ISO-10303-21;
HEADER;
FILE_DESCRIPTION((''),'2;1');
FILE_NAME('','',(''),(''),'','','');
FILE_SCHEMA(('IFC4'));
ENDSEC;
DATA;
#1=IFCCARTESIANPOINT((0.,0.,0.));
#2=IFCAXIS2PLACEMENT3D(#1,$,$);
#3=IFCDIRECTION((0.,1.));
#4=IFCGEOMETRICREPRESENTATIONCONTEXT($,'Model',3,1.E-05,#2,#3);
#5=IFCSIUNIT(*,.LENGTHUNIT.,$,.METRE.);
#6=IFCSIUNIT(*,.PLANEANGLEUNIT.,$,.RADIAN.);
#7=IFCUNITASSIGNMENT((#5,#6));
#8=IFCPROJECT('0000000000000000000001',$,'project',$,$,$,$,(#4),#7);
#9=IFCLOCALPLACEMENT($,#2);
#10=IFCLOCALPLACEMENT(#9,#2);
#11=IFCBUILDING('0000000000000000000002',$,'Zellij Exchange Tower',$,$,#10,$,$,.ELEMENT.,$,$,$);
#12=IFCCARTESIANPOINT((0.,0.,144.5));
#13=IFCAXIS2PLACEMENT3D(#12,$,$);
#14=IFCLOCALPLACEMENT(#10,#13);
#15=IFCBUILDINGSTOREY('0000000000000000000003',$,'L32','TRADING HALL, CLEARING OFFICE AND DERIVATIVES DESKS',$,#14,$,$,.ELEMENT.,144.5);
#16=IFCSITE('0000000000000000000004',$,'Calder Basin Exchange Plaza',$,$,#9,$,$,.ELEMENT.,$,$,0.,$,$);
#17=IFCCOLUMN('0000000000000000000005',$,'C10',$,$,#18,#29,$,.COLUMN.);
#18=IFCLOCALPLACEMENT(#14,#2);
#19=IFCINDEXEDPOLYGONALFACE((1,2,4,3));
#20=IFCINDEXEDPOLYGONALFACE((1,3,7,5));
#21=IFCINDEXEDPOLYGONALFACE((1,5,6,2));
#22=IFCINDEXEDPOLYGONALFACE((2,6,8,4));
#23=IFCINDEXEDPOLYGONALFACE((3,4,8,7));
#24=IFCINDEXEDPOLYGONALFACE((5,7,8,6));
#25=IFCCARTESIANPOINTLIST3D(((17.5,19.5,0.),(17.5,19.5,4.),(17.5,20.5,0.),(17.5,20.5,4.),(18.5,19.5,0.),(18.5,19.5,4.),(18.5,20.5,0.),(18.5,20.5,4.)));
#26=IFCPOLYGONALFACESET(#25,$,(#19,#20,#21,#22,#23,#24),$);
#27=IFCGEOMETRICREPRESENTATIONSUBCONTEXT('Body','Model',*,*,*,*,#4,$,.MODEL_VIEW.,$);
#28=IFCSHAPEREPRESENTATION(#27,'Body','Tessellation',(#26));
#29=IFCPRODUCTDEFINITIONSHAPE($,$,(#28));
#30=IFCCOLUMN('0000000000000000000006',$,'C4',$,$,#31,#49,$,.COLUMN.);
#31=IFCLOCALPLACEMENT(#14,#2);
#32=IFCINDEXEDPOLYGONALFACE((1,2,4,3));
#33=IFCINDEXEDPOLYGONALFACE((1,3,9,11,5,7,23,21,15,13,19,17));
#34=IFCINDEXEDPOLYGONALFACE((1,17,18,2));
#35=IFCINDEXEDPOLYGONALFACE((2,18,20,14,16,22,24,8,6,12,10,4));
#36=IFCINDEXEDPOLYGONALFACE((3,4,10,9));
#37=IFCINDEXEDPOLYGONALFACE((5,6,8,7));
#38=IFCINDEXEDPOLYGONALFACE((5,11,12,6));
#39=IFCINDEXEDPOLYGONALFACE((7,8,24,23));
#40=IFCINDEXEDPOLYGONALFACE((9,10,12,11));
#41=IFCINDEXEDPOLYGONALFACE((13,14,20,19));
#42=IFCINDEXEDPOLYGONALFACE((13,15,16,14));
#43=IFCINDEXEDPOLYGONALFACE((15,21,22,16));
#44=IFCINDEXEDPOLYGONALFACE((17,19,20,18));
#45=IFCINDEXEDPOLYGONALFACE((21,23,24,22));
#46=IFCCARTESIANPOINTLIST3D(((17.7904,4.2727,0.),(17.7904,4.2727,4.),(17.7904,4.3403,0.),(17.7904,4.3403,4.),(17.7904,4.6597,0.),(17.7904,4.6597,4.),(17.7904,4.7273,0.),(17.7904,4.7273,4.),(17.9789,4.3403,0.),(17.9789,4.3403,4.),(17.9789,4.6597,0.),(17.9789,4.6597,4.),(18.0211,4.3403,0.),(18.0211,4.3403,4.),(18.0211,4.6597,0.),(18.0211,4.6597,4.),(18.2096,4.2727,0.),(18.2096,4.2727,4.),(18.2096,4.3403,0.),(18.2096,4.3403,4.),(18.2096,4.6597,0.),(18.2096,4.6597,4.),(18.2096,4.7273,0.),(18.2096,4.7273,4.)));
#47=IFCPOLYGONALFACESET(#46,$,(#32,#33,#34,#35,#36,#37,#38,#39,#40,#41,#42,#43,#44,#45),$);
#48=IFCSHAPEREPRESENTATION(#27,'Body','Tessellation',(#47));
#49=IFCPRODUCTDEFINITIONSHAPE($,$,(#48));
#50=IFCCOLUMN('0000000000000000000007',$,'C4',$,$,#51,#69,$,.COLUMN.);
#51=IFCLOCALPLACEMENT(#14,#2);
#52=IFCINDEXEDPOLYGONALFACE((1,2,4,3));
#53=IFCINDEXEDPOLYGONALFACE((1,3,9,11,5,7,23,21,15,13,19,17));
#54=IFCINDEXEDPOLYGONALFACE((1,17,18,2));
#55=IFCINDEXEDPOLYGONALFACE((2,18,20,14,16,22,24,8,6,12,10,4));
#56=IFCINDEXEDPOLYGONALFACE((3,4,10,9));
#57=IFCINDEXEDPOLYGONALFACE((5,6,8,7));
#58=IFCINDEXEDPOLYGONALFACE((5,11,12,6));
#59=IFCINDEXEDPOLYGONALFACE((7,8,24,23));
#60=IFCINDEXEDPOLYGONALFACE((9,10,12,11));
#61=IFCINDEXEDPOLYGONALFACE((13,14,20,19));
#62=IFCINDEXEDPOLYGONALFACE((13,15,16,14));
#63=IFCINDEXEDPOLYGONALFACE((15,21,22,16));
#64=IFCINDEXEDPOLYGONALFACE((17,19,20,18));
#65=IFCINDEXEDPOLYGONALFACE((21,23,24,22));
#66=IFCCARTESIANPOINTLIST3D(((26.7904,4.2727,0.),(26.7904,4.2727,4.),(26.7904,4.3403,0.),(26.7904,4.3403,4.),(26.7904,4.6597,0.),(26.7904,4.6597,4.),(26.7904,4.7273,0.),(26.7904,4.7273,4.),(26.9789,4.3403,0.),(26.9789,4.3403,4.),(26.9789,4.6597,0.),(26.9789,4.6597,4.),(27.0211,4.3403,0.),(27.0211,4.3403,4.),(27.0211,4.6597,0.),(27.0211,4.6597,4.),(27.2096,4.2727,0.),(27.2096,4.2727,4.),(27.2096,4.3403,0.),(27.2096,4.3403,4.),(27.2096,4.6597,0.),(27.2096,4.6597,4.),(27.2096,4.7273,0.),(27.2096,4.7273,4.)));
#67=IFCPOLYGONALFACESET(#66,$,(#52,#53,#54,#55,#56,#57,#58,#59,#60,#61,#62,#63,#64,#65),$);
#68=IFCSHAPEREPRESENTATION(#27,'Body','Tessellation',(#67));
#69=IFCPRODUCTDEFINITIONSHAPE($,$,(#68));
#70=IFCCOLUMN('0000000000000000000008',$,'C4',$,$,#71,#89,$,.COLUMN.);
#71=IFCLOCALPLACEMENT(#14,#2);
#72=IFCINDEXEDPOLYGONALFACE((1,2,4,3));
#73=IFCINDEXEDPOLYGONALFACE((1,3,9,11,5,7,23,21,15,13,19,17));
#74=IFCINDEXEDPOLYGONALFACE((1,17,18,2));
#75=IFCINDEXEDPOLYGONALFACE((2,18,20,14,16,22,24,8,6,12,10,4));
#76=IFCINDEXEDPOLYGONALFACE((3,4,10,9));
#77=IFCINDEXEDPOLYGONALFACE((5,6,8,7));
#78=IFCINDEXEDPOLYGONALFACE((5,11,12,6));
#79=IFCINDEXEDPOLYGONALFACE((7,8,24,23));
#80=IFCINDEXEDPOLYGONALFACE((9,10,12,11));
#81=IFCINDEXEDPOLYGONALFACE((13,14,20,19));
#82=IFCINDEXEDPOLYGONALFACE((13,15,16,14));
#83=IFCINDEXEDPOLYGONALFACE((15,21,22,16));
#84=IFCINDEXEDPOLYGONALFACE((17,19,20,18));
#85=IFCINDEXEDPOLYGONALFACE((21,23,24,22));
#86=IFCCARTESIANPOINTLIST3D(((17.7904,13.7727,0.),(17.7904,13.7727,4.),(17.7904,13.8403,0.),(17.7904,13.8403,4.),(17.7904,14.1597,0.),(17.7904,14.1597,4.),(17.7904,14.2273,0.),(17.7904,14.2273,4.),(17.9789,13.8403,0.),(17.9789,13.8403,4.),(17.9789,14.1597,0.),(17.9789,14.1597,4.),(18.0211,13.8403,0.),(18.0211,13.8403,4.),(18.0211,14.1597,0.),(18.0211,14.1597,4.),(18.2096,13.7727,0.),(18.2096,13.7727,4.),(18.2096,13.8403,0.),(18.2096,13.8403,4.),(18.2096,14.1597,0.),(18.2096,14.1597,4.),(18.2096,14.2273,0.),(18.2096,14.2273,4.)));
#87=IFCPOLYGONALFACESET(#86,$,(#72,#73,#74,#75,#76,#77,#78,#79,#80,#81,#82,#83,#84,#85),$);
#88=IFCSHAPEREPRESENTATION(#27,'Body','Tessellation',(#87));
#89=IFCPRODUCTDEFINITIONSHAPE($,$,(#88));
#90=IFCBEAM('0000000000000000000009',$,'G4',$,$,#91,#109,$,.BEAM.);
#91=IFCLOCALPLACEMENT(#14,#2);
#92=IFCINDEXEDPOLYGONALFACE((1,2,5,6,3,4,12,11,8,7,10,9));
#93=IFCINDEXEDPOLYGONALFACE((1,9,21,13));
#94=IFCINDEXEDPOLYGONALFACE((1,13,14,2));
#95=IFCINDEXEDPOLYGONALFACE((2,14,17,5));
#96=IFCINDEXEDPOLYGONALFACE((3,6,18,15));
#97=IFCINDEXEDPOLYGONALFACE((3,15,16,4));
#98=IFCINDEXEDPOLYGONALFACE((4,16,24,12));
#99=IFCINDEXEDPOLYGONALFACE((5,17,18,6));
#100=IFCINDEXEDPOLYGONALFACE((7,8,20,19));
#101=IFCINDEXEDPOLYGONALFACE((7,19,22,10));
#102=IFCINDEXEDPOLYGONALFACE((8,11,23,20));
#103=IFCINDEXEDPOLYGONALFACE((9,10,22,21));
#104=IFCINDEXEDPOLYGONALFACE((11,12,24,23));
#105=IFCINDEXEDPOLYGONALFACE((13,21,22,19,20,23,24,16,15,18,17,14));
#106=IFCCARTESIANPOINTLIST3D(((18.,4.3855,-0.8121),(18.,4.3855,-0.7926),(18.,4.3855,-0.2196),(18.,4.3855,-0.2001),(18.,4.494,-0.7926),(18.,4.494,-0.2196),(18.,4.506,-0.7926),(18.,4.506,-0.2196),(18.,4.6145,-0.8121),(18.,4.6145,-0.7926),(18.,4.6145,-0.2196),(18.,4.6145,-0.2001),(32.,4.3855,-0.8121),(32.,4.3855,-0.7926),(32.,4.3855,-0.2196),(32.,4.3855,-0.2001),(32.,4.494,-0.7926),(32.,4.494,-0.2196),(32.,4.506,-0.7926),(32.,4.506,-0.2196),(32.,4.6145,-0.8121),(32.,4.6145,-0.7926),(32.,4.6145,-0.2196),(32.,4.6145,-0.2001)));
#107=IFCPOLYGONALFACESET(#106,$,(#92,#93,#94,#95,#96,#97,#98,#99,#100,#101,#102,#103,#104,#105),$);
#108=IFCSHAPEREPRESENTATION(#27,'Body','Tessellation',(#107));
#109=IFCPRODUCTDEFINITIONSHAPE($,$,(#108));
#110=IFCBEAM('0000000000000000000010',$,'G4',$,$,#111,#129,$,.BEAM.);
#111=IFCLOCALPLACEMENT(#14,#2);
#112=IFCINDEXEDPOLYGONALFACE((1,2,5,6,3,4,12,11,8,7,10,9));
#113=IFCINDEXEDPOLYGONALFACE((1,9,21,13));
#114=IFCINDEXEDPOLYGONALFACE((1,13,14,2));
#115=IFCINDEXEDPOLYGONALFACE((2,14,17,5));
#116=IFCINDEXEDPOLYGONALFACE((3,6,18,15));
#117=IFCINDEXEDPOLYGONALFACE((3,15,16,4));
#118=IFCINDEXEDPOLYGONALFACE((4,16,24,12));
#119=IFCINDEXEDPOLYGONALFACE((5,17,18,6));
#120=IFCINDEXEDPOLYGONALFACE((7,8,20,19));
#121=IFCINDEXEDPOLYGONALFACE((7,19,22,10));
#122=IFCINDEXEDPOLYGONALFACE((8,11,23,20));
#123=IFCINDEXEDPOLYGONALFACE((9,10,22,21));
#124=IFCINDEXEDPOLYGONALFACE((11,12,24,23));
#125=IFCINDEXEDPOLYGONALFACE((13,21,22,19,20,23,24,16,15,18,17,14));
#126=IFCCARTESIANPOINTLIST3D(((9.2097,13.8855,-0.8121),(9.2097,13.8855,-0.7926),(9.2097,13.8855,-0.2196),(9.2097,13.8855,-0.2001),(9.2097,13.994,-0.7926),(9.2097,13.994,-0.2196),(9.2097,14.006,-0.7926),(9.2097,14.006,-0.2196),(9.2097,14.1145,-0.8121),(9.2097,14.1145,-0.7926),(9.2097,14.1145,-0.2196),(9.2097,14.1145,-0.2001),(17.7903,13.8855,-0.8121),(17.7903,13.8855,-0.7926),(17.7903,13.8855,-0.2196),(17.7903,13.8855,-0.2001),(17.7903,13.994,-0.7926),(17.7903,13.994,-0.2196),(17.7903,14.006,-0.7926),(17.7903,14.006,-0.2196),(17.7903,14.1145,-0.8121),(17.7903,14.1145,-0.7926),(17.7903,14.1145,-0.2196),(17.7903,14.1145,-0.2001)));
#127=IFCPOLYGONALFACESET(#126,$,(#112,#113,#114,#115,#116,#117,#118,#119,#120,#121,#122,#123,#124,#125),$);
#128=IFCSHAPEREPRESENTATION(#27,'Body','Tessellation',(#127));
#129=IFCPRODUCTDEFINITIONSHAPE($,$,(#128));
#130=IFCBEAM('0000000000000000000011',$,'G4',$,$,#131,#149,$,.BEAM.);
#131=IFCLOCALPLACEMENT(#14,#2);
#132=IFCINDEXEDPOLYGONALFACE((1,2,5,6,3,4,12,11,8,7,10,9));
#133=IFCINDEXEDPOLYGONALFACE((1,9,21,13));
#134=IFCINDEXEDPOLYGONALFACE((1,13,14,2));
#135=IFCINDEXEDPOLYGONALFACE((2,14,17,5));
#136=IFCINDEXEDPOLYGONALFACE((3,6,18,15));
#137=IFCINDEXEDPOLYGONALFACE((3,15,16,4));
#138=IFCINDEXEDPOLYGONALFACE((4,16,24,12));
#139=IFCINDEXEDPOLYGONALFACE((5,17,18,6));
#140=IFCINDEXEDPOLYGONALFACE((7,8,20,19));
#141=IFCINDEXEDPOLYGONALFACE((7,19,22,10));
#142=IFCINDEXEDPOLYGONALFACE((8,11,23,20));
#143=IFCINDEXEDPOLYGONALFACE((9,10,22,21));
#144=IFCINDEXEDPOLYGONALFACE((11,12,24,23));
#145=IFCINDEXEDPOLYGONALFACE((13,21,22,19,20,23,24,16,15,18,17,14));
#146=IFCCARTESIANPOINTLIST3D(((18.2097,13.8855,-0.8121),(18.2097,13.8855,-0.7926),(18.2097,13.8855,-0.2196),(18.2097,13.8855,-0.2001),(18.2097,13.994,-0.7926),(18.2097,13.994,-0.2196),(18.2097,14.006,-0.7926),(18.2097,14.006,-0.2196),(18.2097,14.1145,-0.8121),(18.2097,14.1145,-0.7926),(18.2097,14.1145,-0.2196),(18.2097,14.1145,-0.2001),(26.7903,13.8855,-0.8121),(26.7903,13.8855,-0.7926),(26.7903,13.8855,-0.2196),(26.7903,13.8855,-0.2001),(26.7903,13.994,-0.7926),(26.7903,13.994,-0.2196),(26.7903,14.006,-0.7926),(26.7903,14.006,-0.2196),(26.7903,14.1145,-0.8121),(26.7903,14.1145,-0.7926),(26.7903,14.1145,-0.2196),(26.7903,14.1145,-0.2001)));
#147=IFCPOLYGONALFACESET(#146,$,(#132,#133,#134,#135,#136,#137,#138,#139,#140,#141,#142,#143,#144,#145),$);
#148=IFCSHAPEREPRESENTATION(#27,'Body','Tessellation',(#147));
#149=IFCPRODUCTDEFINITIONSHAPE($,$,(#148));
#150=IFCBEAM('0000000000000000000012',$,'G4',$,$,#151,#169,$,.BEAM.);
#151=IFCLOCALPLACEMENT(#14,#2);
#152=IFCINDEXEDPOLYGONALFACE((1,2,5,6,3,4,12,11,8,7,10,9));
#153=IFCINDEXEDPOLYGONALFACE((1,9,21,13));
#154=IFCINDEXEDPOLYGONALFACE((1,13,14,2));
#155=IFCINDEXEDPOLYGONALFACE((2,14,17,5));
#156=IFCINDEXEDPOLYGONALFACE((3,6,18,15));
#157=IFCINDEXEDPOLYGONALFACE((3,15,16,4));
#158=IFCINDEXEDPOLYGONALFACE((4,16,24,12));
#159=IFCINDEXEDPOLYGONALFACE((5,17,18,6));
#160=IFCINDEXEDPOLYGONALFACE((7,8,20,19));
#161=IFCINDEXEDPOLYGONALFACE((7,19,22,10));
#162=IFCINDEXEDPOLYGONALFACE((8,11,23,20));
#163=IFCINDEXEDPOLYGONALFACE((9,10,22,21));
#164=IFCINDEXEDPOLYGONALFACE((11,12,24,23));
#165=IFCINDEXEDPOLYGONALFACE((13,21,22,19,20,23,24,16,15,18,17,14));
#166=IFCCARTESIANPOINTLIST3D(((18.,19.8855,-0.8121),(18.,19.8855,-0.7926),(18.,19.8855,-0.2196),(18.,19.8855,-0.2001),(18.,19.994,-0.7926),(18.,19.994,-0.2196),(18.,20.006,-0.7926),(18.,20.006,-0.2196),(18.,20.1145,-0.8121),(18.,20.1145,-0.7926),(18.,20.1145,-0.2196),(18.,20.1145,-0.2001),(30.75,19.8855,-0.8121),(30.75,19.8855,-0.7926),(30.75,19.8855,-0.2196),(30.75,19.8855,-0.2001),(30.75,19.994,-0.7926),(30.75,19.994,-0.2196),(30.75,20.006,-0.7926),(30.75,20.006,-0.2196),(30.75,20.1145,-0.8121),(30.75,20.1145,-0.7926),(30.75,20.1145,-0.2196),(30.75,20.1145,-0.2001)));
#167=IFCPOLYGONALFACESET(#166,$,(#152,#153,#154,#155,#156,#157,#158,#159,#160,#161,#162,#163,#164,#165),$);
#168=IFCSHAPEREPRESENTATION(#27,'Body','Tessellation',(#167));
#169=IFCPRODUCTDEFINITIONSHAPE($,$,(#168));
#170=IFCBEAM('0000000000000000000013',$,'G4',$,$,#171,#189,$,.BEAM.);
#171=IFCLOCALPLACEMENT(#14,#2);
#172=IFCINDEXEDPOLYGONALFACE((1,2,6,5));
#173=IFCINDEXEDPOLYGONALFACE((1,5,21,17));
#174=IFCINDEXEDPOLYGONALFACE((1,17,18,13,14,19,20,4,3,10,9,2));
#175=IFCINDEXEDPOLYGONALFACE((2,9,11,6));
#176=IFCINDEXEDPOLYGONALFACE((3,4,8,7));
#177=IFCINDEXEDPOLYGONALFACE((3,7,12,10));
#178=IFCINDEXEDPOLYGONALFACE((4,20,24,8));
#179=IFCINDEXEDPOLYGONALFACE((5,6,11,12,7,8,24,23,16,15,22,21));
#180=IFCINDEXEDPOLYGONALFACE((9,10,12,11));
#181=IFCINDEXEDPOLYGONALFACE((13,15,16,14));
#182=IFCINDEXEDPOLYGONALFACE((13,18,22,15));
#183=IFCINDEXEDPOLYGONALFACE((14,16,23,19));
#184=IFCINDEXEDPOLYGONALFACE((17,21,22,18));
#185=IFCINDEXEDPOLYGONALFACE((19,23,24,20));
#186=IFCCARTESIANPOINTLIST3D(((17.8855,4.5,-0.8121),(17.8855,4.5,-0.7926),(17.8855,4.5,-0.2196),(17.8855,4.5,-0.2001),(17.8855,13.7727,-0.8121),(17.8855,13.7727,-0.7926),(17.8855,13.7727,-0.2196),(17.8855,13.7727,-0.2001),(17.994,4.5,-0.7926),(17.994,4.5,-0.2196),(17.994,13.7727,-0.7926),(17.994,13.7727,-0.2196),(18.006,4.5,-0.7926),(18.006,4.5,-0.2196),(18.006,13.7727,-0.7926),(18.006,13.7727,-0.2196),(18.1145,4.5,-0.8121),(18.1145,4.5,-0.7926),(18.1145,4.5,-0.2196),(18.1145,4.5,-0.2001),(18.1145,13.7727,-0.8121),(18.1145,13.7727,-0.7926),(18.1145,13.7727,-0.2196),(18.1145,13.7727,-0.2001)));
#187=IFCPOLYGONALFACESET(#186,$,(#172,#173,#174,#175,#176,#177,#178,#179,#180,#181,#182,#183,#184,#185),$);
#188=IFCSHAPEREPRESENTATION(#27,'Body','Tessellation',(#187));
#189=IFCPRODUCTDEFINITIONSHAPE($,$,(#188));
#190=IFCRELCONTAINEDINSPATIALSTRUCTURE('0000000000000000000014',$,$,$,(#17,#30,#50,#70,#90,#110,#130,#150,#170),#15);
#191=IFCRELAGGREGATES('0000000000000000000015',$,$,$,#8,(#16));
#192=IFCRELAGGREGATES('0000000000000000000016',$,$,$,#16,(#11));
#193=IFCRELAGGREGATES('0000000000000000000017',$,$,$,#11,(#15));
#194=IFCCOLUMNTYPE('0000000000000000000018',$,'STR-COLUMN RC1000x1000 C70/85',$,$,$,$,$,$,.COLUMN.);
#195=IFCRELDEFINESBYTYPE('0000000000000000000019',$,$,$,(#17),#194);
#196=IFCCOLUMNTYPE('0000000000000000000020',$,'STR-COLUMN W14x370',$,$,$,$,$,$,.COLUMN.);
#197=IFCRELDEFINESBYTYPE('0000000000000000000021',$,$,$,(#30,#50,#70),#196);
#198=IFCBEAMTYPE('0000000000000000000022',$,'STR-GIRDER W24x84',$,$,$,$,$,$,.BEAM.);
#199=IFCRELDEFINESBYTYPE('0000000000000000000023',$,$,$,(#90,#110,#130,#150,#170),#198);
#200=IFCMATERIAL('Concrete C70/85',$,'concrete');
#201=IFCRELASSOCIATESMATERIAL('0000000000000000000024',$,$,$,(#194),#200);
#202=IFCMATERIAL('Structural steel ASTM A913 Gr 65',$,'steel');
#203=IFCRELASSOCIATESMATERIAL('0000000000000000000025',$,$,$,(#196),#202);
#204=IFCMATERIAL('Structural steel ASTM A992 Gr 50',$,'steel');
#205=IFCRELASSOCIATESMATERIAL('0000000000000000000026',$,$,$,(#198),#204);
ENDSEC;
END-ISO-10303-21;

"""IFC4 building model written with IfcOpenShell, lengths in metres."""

from ifc_helpers import new_model, si_unit, direction, frame, origin, origin_2d, place, context, subcontext, project, spatial, rectangle, i_section, extrude, material, material_profile, profile_set, type_object, element, save


model = new_model("IFC4")

# Units and contexts
model_context = context("Model", 3, precision=1e-05, world=origin(), true_north=direction((0.0, 1.0)))
body_context = subcontext(model_context, "Body", "Model", "MODEL_VIEW")
ifc_project = project(units=[si_unit("LENGTHUNIT", "METRE"), si_unit("PLANEANGLEUNIT", "RADIAN")], contexts=[model_context])

# Site, building, storey
site_placement = place(None, origin())
site = spatial("IfcSite", under=ifc_project, at=site_placement, Name="Calder Basin Exchange Plaza", CompositionType="ELEMENT", RefElevation=0.0)
building_placement = place(site_placement, origin())
building = spatial("IfcBuilding", under=site, at=building_placement, Name="Zellij Exchange Tower", CompositionType="ELEMENT")
storey_placement = place(building_placement, frame((0.0, 0.0, 144.5)))
storey = spatial("IfcBuildingStorey", under=building, at=storey_placement, Name="L32", Description="TRADING HALL, CLEARING OFFICE AND DERIVATIVES DESKS", CompositionType="ELEMENT", Elevation=144.5)

# Columns
ifc_material_1 = material(Name="Concrete C70/85", Category="concrete")
ifc_material_profile_1 = material_profile(ifc_material_1, rectangle(XDim=1.0, YDim=1.0, at=origin_2d()), Name="STR-COLUMN RC1000x1000 C70/85")
ifc_profile_set_1 = profile_set([ifc_material_profile_1], Name="Concrete C70/85")
column_type_1 = type_object("IfcColumnType", Name="STR-COLUMN RC1000x1000 C70/85", PredefinedType="COLUMN", material=ifc_profile_set_1)
column_placement = place(storey_placement, frame((18.0, 20.0, 0.0), z_axis=(0.0, 0.0, 1.0), x_axis=(1.0, 0.0, 0.0)))
element("IfcColumn", 1, at=column_placement, inside=storey, type_object=column_type_1, Name="C10", PredefinedType="COLUMN", context=body_context, shape_type="SweptSolid", body=[
    extrude(rectangle(XDim=1.0, YDim=1.0, at=origin_2d()), origin(), (0.0, 0.0, 1.0), 4.0),
])
ifc_material_2 = material(Name="Structural steel ASTM A913 Gr 65", Category="steel")
ifc_material_profile_2 = material_profile(ifc_material_2, i_section(OverallWidth=0.4192, OverallDepth=0.4546, WebThickness=0.0422, FlangeThickness=0.0676, at=origin_2d()), Name="W14x370")
ifc_profile_set_2 = profile_set([ifc_material_profile_2], Name="Structural steel ASTM A913 Gr 65")
column_type_2 = type_object("IfcColumnType", Name="STR-COLUMN W14x370", PredefinedType="COLUMN", material=ifc_profile_set_2)
for number, where, z_axis, x_axis, name in (
    (2, (18.0, 4.5, 0.0), (0.0, 0.0, 1.0), (1.0, 0.0, 0.0), "C4"),
    (3, (27.0, 4.5, 0.0), (0.0, 0.0, 1.0), (1.0, 0.0, 0.0), "C4"),
    (4, (18.0, 14.0, 0.0), (0.0, 0.0, 1.0), (1.0, 0.0, 0.0), "C4"),
):
    element("IfcColumn", number, at=place(storey_placement, frame(where, z_axis=z_axis, x_axis=x_axis)), inside=storey, type_object=column_type_2, Name=name, PredefinedType="COLUMN", context=body_context, shape_type="SweptSolid", body=[
        extrude(i_section(OverallWidth=0.4192, OverallDepth=0.4546, WebThickness=0.0422, FlangeThickness=0.0676, at=origin_2d()), origin(), (0.0, 0.0, 1.0), 4.0),
    ])

# Beams
ifc_material_3 = material(Name="Structural steel ASTM A992 Gr 50", Category="steel")
ifc_material_profile_3 = material_profile(ifc_material_3, i_section(OverallWidth=0.229, OverallDepth=0.6121, WebThickness=0.012, FlangeThickness=0.0195, at=origin_2d()), Name="W24x84")
ifc_profile_set_3 = profile_set([ifc_material_profile_3], Name="Structural steel ASTM A992 Gr 50")
beam_type = type_object("IfcBeamType", Name="STR-GIRDER W24x84", PredefinedType="BEAM", material=ifc_profile_set_3)
beam_1_placement = place(storey_placement, frame((18.0, 4.5, -0.5061), z_axis=(1.0, 0.0, 0.0), x_axis=(0.0, 1.0, 0.0)))
element("IfcBeam", 5, at=beam_1_placement, inside=storey, type_object=beam_type, Name="G4", PredefinedType="BEAM", context=body_context, shape_type="SweptSolid", body=[
    extrude(i_section(OverallWidth=0.229, OverallDepth=0.6121, WebThickness=0.012, FlangeThickness=0.0195, at=origin_2d()), origin(), (0.0, 0.0, 1.0), 14.0),
])
for number, where, z_axis, x_axis, name in (
    (6, (9.2097, 14.0, -0.5061), (1.0, 0.0, 0.0), (0.0, 1.0, 0.0), "G4"),
    (7, (18.2097, 14.0, -0.5061), (1.0, 0.0, 0.0), (0.0, 1.0, 0.0), "G4"),
):
    element("IfcBeam", number, at=place(storey_placement, frame(where, z_axis=z_axis, x_axis=x_axis)), inside=storey, type_object=beam_type, Name=name, PredefinedType="BEAM", context=body_context, shape_type="SweptSolid", body=[
        extrude(i_section(OverallWidth=0.229, OverallDepth=0.6121, WebThickness=0.012, FlangeThickness=0.0195, at=origin_2d()), origin(), (0.0, 0.0, 1.0), 8.5806),
    ])
beam_2_placement = place(storey_placement, frame((18.0, 20.0, -0.5061), z_axis=(1.0, 0.0, 0.0), x_axis=(0.0, 1.0, 0.0)))
element("IfcBeam", 8, at=beam_2_placement, inside=storey, type_object=beam_type, Name="G4", PredefinedType="BEAM", context=body_context, shape_type="SweptSolid", body=[
    extrude(i_section(OverallWidth=0.229, OverallDepth=0.6121, WebThickness=0.012, FlangeThickness=0.0195, at=origin_2d()), origin(), (0.0, 0.0, 1.0), 12.75),
])
beam_3_placement = place(storey_placement, frame((18.0, 4.5, -0.5061), z_axis=(0.0, 1.0, 0.0), x_axis=(-1.0, 0.0, 0.0)))
element("IfcBeam", 9, at=beam_3_placement, inside=storey, type_object=beam_type, Name="G4", PredefinedType="BEAM", context=body_context, shape_type="SweptSolid", body=[
    extrude(i_section(OverallWidth=0.229, OverallDepth=0.6121, WebThickness=0.012, FlangeThickness=0.0195, at=origin_2d()), origin(), (0.0, 0.0, 1.0), 9.2727),
])

save(model, "model.ifc")
